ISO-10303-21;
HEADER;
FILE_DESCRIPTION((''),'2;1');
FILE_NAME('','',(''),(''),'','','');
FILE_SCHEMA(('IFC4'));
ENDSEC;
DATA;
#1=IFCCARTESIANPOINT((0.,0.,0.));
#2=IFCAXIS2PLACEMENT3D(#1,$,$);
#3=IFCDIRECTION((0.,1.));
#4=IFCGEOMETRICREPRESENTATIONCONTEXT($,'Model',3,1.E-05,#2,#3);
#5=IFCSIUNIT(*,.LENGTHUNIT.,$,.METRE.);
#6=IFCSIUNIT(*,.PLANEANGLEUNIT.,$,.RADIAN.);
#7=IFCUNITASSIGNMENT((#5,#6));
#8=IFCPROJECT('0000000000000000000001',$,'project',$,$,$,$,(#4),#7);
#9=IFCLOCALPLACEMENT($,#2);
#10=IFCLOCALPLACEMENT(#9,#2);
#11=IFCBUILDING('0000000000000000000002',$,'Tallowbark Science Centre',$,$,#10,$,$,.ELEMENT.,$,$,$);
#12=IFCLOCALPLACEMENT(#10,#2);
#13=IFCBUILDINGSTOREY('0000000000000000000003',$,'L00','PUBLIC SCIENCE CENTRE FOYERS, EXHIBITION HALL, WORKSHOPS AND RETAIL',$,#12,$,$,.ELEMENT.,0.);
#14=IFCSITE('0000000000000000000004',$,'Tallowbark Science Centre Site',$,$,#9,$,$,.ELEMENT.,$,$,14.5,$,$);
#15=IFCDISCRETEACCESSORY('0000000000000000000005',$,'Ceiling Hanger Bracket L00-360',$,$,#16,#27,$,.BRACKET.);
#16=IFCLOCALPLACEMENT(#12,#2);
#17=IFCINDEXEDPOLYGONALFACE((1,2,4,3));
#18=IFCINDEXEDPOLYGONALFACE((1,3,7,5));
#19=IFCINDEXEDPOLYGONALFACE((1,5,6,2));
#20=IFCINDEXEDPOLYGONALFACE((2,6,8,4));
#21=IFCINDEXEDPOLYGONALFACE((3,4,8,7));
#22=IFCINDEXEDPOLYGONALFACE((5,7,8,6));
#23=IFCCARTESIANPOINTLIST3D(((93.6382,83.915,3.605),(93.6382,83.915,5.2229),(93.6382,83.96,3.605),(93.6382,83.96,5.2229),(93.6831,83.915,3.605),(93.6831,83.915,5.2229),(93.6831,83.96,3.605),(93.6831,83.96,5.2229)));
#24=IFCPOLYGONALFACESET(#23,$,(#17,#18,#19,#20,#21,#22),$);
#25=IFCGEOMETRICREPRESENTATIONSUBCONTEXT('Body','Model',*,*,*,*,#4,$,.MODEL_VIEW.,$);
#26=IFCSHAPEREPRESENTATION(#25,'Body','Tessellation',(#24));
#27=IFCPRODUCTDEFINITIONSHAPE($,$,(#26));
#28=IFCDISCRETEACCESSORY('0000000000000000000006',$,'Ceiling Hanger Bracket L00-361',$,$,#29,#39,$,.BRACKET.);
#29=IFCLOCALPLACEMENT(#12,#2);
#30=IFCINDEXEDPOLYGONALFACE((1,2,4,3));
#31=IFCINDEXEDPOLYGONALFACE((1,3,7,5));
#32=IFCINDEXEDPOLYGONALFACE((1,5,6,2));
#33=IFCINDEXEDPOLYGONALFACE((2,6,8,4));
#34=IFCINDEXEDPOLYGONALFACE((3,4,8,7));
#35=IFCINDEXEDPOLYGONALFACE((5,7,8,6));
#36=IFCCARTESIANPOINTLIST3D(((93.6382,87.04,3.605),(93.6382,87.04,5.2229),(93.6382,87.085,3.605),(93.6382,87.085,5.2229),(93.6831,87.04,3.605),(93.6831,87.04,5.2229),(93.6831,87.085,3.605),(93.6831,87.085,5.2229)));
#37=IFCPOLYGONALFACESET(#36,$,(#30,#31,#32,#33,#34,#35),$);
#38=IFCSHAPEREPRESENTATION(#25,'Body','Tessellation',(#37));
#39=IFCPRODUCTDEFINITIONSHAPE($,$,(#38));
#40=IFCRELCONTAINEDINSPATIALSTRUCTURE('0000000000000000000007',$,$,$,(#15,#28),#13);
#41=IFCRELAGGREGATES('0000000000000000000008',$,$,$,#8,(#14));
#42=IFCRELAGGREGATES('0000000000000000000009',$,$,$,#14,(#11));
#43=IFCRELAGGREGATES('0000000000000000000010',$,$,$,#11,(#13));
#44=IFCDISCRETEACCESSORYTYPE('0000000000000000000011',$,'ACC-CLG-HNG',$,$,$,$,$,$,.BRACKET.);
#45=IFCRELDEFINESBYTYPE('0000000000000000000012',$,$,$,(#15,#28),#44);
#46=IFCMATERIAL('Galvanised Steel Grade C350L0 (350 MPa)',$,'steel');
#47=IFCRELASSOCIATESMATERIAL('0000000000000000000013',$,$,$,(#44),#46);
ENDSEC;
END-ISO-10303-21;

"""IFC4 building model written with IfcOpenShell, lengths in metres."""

from ifc_helpers import new_model, si_unit, direction, frame, origin, origin_2d, place, context, subcontext, project, spatial, rectangle, extrude, material, type_object, element, save


model = new_model("IFC4")

# Units and contexts
model_context = context("Model", 3, precision=1e-05, world=origin(), true_north=direction((0.0, 1.0)))
body_context = subcontext(model_context, "Body", "Model", "MODEL_VIEW")
ifc_project = project(units=[si_unit("LENGTHUNIT", "METRE"), si_unit("PLANEANGLEUNIT", "RADIAN")], contexts=[model_context])

# Site, building, storey
site_placement = place(None, origin())
site = spatial("IfcSite", under=ifc_project, at=site_placement, Name="Tallowbark Science Centre Site", CompositionType="ELEMENT", RefElevation=14.5)
building_placement = place(site_placement, origin())
building = spatial("IfcBuilding", under=site, at=building_placement, Name="Tallowbark Science Centre", CompositionType="ELEMENT")
storey_placement = place(building_placement, origin())
storey = spatial("IfcBuildingStorey", under=building, at=storey_placement, Name="L00", Description="PUBLIC SCIENCE CENTRE FOYERS, EXHIBITION HALL, WORKSHOPS AND RETAIL", CompositionType="ELEMENT", Elevation=0.0)

# Discrete accessories
ifc_material_1 = material(Name="Galvanised Steel Grade C350L0 (350 MPa)", Category="steel")
discrete_accessory_type = type_object("IfcDiscreteAccessoryType", Name="ACC-CLG-HNG", PredefinedType="BRACKET", material=ifc_material_1)
for number, where, z_axis, x_axis, name in (
    (1, (93.6606, 83.9375, 3.605), (0.0, 0.0, 1.0), (1.0, 0.0, 0.0), "Ceiling Hanger Bracket L00-360"),
    (2, (93.6606, 87.0625, 3.605), (0.0, 0.0, 1.0), (1.0, 0.0, 0.0), "Ceiling Hanger Bracket L00-361"),
):
    element("IfcDiscreteAccessory", number, at=place(storey_placement, frame(where, z_axis=z_axis, x_axis=x_axis)), inside=storey, type_object=discrete_accessory_type, Name=name, PredefinedType="BRACKET", context=body_context, shape_type="SweptSolid", body=[
        extrude(rectangle(XDim=0.0449, YDim=0.0449, at=origin_2d()), origin(), (0.0, 0.0, 1.0), 1.6179),
    ])

save(model, "model.ifc")
